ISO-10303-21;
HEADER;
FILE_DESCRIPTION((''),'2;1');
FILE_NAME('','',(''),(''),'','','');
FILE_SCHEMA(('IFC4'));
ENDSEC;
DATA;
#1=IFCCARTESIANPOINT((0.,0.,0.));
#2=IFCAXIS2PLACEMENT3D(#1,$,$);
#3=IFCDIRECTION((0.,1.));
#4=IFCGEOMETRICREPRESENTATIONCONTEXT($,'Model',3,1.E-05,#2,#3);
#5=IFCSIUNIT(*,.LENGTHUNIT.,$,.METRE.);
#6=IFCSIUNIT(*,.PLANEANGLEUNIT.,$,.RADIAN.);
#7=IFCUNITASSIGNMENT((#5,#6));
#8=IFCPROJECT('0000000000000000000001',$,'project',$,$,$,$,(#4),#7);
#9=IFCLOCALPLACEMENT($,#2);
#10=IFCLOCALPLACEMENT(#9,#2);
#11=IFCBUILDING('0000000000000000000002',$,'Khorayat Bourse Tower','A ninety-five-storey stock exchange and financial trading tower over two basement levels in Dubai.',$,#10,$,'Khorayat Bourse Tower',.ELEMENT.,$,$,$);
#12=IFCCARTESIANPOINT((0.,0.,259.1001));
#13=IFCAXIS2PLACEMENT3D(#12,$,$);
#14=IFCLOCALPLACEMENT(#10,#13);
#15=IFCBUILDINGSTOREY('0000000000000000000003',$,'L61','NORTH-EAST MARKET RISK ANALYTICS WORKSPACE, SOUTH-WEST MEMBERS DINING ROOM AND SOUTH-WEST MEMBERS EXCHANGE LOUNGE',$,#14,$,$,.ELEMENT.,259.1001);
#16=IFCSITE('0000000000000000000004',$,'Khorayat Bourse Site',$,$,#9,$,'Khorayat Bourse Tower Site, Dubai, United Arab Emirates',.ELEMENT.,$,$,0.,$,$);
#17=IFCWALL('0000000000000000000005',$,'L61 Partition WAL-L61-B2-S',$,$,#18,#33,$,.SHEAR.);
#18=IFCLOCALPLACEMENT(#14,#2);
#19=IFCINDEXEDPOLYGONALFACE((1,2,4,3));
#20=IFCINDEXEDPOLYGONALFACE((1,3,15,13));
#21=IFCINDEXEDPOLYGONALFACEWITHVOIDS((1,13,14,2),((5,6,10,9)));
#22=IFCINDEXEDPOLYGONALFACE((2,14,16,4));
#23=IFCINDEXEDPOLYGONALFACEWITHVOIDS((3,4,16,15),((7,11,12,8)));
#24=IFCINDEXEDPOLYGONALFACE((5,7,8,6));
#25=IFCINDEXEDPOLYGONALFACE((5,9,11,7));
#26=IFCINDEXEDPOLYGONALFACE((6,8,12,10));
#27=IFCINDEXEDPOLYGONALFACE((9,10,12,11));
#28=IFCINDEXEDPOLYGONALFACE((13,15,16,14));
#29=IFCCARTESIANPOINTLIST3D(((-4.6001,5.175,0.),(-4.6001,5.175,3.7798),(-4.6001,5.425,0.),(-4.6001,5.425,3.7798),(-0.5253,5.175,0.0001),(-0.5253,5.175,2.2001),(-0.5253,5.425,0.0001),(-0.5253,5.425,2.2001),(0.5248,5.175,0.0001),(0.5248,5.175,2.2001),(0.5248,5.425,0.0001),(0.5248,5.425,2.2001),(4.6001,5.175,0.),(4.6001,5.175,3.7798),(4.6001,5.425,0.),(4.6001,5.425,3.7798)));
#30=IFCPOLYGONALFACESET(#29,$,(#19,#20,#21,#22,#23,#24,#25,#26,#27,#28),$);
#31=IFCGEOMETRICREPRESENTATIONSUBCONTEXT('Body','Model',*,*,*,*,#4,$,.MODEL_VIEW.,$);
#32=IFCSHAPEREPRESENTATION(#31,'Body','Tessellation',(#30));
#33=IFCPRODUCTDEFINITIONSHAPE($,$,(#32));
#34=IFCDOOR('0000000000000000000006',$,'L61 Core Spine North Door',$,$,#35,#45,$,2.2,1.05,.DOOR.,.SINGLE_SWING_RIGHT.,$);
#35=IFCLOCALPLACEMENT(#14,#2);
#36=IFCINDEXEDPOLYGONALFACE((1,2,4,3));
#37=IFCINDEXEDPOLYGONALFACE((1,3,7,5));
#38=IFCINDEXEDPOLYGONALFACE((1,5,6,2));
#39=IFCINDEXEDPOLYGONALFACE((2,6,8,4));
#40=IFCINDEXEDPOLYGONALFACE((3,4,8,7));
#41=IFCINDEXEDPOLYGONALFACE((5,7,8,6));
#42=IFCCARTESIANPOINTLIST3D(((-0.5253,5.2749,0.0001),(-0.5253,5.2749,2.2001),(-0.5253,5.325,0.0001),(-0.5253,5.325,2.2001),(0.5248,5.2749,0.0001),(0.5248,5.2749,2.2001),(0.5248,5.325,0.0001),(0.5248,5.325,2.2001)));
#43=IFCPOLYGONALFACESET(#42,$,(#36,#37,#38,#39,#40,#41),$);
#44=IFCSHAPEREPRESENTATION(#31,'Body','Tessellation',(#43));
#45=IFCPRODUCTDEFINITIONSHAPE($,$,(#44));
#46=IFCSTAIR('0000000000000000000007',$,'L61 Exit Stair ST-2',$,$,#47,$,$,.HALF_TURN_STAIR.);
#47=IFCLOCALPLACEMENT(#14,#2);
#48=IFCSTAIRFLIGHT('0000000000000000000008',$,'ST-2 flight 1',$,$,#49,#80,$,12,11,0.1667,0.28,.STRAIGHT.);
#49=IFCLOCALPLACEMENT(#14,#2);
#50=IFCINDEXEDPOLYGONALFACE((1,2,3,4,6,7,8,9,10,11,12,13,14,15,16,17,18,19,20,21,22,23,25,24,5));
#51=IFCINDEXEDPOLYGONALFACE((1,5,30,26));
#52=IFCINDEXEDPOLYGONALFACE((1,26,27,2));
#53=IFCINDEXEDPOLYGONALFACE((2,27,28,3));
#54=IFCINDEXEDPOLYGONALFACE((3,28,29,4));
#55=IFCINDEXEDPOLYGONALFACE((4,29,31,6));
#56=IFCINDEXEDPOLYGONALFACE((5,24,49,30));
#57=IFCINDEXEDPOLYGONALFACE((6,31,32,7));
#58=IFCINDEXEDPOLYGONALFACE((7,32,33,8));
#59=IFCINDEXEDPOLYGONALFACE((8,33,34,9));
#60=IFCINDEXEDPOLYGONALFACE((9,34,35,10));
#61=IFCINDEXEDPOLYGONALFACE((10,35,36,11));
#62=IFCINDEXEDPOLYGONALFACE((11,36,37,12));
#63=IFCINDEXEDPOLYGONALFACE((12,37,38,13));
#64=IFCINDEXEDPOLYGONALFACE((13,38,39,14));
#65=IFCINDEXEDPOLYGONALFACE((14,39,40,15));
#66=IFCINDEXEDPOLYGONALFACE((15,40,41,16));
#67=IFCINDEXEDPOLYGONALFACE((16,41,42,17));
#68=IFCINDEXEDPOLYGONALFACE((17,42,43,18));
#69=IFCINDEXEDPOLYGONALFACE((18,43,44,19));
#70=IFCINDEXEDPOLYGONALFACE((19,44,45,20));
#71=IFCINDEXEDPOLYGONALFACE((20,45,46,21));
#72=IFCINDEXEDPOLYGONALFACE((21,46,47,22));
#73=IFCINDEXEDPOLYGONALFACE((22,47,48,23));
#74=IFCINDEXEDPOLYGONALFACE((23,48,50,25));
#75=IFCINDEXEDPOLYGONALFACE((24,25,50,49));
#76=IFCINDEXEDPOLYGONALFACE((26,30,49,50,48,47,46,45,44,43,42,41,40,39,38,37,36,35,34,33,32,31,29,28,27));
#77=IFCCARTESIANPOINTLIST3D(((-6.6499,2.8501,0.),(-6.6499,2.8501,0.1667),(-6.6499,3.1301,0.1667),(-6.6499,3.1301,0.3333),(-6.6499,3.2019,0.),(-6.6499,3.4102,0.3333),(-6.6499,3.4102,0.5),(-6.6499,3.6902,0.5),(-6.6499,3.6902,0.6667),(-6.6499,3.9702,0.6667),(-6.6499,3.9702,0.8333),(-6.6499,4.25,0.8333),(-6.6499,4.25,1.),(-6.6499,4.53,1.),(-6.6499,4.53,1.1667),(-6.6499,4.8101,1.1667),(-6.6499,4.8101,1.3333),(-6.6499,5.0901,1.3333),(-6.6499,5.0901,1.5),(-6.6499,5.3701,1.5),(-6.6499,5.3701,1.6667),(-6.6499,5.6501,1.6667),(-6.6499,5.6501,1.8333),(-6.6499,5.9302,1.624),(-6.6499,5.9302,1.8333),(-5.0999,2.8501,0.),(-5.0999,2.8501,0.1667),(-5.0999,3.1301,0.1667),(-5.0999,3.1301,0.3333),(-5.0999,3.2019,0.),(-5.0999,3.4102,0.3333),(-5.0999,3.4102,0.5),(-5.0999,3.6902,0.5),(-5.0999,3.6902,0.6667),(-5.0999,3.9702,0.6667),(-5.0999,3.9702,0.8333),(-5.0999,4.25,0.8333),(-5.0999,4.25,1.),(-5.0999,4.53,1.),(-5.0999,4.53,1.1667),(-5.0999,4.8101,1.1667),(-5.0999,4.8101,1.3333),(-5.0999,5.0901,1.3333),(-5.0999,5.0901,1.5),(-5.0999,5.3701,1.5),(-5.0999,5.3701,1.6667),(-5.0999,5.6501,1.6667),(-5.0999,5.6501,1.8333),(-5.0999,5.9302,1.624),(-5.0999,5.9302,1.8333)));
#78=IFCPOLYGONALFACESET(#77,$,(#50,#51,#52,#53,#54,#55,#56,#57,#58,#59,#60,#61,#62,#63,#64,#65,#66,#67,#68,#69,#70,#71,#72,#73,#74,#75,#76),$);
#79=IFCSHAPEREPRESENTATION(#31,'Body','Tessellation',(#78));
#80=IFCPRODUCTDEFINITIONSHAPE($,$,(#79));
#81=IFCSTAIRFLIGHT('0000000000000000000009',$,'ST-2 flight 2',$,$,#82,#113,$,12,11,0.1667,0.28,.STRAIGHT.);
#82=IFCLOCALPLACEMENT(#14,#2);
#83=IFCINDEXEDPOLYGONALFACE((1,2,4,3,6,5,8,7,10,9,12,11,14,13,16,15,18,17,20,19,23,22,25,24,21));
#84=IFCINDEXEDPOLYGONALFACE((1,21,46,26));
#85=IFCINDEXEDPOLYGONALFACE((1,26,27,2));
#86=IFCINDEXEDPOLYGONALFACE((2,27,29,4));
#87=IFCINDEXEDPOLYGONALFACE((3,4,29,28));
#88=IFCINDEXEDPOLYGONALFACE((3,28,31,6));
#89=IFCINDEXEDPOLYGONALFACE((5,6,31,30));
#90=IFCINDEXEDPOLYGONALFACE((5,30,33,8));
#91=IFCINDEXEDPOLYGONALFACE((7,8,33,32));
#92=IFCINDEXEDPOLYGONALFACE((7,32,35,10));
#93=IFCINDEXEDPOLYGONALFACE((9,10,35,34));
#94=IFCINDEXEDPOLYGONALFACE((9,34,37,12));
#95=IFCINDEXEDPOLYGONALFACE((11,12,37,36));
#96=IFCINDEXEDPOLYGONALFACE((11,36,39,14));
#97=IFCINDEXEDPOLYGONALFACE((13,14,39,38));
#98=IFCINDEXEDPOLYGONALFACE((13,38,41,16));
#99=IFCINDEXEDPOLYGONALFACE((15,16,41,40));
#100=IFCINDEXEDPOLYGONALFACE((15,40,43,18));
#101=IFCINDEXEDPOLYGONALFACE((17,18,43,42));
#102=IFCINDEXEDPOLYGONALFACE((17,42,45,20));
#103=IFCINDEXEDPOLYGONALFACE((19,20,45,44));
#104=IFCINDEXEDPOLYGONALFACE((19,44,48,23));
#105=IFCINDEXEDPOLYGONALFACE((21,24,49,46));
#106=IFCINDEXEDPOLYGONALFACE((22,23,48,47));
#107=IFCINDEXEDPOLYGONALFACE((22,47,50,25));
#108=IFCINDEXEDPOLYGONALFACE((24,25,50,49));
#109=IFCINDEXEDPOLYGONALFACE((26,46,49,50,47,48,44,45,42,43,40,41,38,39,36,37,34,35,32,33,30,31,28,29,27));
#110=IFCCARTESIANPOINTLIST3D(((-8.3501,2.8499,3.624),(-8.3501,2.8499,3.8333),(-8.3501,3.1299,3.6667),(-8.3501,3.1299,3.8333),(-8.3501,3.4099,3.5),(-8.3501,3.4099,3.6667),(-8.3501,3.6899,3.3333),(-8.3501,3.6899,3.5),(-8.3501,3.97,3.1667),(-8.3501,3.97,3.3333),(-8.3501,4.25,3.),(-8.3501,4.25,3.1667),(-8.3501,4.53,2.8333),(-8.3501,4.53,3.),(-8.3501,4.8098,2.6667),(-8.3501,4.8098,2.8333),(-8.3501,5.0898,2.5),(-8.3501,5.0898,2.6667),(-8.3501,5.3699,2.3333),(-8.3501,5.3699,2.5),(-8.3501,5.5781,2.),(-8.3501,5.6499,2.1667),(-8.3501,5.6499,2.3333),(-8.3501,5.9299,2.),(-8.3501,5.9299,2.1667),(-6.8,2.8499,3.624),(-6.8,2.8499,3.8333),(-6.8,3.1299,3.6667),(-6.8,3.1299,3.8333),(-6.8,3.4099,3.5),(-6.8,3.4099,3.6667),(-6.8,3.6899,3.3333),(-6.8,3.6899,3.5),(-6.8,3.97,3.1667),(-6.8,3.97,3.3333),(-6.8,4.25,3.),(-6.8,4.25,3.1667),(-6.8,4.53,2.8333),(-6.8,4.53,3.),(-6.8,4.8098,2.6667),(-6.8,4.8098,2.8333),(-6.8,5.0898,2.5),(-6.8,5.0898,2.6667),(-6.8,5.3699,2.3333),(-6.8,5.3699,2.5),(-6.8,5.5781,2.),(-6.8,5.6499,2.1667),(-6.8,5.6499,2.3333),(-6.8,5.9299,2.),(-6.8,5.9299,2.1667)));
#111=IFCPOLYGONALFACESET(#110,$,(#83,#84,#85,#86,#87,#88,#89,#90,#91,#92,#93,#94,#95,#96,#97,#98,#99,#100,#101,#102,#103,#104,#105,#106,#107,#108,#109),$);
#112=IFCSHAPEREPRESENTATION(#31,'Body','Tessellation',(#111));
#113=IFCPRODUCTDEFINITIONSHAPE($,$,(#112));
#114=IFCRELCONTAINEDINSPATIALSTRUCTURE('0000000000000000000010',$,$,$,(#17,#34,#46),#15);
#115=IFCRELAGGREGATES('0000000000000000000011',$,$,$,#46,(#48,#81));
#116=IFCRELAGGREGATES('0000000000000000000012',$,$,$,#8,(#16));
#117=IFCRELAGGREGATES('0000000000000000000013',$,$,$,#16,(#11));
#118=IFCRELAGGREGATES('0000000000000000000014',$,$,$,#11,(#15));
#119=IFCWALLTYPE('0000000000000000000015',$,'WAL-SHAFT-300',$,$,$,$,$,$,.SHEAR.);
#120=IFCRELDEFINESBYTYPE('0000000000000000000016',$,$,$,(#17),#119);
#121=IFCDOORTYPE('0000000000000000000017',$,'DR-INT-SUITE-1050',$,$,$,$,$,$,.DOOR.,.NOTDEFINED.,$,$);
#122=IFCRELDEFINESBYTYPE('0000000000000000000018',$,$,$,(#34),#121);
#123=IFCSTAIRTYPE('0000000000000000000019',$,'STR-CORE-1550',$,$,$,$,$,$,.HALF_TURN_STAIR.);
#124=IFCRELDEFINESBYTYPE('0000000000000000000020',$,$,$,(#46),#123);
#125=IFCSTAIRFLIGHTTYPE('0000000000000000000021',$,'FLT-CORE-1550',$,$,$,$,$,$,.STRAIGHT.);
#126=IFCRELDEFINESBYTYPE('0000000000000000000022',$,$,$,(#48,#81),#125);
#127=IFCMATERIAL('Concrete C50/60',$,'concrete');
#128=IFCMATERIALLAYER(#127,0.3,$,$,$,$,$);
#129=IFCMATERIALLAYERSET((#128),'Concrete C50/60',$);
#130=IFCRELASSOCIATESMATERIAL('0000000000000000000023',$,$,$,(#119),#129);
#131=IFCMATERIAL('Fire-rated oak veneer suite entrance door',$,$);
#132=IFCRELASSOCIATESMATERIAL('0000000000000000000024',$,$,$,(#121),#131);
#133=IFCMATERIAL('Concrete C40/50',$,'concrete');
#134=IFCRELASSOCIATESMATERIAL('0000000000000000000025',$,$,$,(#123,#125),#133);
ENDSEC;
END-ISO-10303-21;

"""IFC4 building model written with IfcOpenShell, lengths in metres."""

from ifc_helpers import new_model, si_unit, direction, frame, frame_2d, origin, place, context, subcontext, project, spatial, polyline, rectangle, outline, extrude, source, transform, mapped, material, layer, layer_set, type_object, element, fill, aggregate, save


model = new_model("IFC4")

# Units and contexts
model_context = context("Model", 3, precision=1e-05, world=origin(), true_north=direction((0.0, 1.0)))
body_context = subcontext(model_context, "Body", "Model", "MODEL_VIEW")
ifc_project = project(units=[si_unit("LENGTHUNIT", "METRE"), si_unit("PLANEANGLEUNIT", "RADIAN")], contexts=[model_context])

# Site, building, storey
site_placement = place(None, origin())
site = spatial("IfcSite", under=ifc_project, at=site_placement, Name="Khorayat Bourse Site", LongName="Khorayat Bourse Tower Site, Dubai, United Arab Emirates", CompositionType="ELEMENT", RefElevation=0.0)
building_placement = place(site_placement, origin())
building = spatial("IfcBuilding", under=site, at=building_placement, Name="Khorayat Bourse Tower", Description="A ninety-five-storey stock exchange and financial trading tower over two basement levels in Dubai.", LongName="Khorayat Bourse Tower", CompositionType="ELEMENT")
storey_placement = place(building_placement, frame((0.0, 0.0, 259.1001)))
storey = spatial("IfcBuildingStorey", under=building, at=storey_placement, Name="L61", Description="NORTH-EAST MARKET RISK ANALYTICS WORKSPACE, SOUTH-WEST MEMBERS DINING ROOM AND SOUTH-WEST MEMBERS EXCHANGE LOUNGE", CompositionType="ELEMENT", Elevation=259.1001)

# Shared definitions
ifc_material_1 = material(Name="Concrete C50/60", Category="concrete")
ifc_layer_1 = layer(ifc_material_1, 0.3)
ifc_layer_set_1 = layer_set([ifc_layer_1], Name="Concrete C50/60")
wall_type_1 = type_object("IfcWallType", Name="WAL-SHAFT-300", PredefinedType="SHEAR", material=ifc_layer_set_1)

# Wall, opening, door
shared_shape_1 = source(origin(), body_context, "Body", "SweptSolid", [
    extrude(rectangle(XDim=9.2002, YDim=0.25, at=frame_2d((4.6001, 0.0))), origin(), (0.0, 0.0, 1.0), 3.7798),
])
wall_1_placement = place(storey_placement, frame((-4.6001, 5.3, 0.0), z_axis=(0.0, 0.0, 1.0), x_axis=(1.0, 0.0, 0.0)))
wall_1 = element("IfcWall", 1, at=wall_1_placement, inside=storey, type_object=wall_type_1, Name="L61 Partition WAL-L61-B2-S", PredefinedType="SHEAR", context=body_context, shape_type="MappedRepresentation", body=[
    mapped(shared_shape_1, transform((0.0, 0.0, 0.0), scale=1.0)),
])
shared_shape_2 = source(origin(), body_context, "Body", "SweptSolid", [
    extrude(rectangle(XDim=1.05, YDim=2.2, at=frame_2d((0.5249, 1.1001))), frame((0.0, 0.135, 0.0), z_axis=(0.0, -1.0, 0.0), x_axis=(1.0, 0.0, 0.0)), (0.0, 0.0, 1.0), 0.27),
])
opening_placement = place(wall_1_placement, frame((4.075, 0.0, 0.0)))
opening = element("IfcOpeningElement", 2, at=opening_placement, cuts=wall_1, PredefinedType="OPENING", context=body_context, shape_type="MappedRepresentation", body=[
    mapped(shared_shape_2, transform((0.0, 0.0, 0.0), scale=1.0)),
])
ifc_material_2 = material(Name="Fire-rated oak veneer suite entrance door")
door_type = type_object("IfcDoorType", Name="DR-INT-SUITE-1050", OperationType="NOTDEFINED", PredefinedType="DOOR", material=ifc_material_2)
shared_shape_3 = source(origin(), body_context, "Body", "SweptSolid", [
    extrude(rectangle(XDim=1.05, YDim=2.2, at=frame_2d((0.5249, 1.1001))), frame((0.0, 0.0249, 0.0), z_axis=(0.0, -1.0, 0.0), x_axis=(1.0, 0.0, 0.0)), (0.0, 0.0, 1.0), 0.05),
])
door_placement = place(opening_placement, origin())
door = element("IfcDoor", 3, at=door_placement, inside=storey, type_object=door_type, Name="L61 Core Spine North Door", OperationType="SINGLE_SWING_RIGHT", OverallHeight=2.2, OverallWidth=1.05, PredefinedType="DOOR", context=body_context, shape_type="MappedRepresentation", body=[
    mapped(shared_shape_3, transform((0.0, 0.0, 0.0), scale=1.0)),
])
fill(opening, door)

# Stair, stair flights
ifc_material_3 = material(Name="Concrete C40/50", Category="concrete")
stair_type = type_object("IfcStairType", Name="STR-CORE-1550", PredefinedType="HALF_TURN_STAIR", material=ifc_material_3)
stair_placement = place(storey_placement, origin())
stair = element("IfcStair", 4, at=stair_placement, inside=storey, type_object=stair_type, Name="L61 Exit Stair ST-2", PredefinedType="HALF_TURN_STAIR")
stair_flight_type = type_object("IfcStairFlightType", Name="FLT-CORE-1550", PredefinedType="STRAIGHT", material=ifc_material_3)
shared_shape_4 = source(origin(), body_context, "Body", "SweptSolid", [
    extrude(outline(polyline([(0.0, 0.0), (0.0, 0.1667), (0.28, 0.1667), (0.28, 0.3333), (0.5601, 0.3333), (0.5601, 0.5), (0.8401, 0.5), (0.8401, 0.6667), (1.1201, 0.6667), (1.1201, 0.8333), (1.3999, 0.8333), (1.3999, 1.0), (1.6799, 1.0), (1.6799, 1.1667), (1.96, 1.1667), (1.96, 1.3333), (2.24, 1.3333), (2.24, 1.5), (2.52, 1.5), (2.52, 1.6667), (2.8, 1.6667), (2.8, 1.8333), (3.0801, 1.8333), (3.0801, 2.0), (3.0801, 1.624), (0.3518, 0.0), (0.0, 0.0)])), frame((0.0, 0.7749, 0.0), z_axis=(0.0, -1.0, 0.0), x_axis=(1.0, 0.0, 0.0)), (0.0, 0.0, 1.0), 1.55),
])
stair_flight_1_placement = place(storey_placement, frame((-5.875, 2.8501, 0.0), z_axis=(0.0, 0.0, 1.0), x_axis=(0.0, 1.0, 0.0)))
stair_flight_1 = element("IfcStairFlight", 5, at=stair_flight_1_placement, type_object=stair_flight_type, Name="ST-2 flight 1", NumberOfRisers=12, NumberOfTreads=11, PredefinedType="STRAIGHT", RiserHeight=0.1667, TreadLength=0.28, context=body_context, shape_type="MappedRepresentation", body=[
    mapped(shared_shape_4, transform((0.0, 0.0, 0.0), scale=1.0)),
])
stair_flight_2_placement = place(storey_placement, frame((-7.575, 5.9299, 2.0), z_axis=(0.0, 0.0, 1.0), x_axis=(0.0, -1.0, 0.0)))
stair_flight_2 = element("IfcStairFlight", 6, at=stair_flight_2_placement, type_object=stair_flight_type, Name="ST-2 flight 2", NumberOfRisers=12, NumberOfTreads=11, PredefinedType="STRAIGHT", RiserHeight=0.1667, TreadLength=0.28, context=body_context, shape_type="MappedRepresentation", body=[
    mapped(shared_shape_4, transform((0.0, 0.0, 0.0), scale=1.0)),
])
aggregate(stair, [stair_flight_1, stair_flight_2])

save(model, "model.ifc")
